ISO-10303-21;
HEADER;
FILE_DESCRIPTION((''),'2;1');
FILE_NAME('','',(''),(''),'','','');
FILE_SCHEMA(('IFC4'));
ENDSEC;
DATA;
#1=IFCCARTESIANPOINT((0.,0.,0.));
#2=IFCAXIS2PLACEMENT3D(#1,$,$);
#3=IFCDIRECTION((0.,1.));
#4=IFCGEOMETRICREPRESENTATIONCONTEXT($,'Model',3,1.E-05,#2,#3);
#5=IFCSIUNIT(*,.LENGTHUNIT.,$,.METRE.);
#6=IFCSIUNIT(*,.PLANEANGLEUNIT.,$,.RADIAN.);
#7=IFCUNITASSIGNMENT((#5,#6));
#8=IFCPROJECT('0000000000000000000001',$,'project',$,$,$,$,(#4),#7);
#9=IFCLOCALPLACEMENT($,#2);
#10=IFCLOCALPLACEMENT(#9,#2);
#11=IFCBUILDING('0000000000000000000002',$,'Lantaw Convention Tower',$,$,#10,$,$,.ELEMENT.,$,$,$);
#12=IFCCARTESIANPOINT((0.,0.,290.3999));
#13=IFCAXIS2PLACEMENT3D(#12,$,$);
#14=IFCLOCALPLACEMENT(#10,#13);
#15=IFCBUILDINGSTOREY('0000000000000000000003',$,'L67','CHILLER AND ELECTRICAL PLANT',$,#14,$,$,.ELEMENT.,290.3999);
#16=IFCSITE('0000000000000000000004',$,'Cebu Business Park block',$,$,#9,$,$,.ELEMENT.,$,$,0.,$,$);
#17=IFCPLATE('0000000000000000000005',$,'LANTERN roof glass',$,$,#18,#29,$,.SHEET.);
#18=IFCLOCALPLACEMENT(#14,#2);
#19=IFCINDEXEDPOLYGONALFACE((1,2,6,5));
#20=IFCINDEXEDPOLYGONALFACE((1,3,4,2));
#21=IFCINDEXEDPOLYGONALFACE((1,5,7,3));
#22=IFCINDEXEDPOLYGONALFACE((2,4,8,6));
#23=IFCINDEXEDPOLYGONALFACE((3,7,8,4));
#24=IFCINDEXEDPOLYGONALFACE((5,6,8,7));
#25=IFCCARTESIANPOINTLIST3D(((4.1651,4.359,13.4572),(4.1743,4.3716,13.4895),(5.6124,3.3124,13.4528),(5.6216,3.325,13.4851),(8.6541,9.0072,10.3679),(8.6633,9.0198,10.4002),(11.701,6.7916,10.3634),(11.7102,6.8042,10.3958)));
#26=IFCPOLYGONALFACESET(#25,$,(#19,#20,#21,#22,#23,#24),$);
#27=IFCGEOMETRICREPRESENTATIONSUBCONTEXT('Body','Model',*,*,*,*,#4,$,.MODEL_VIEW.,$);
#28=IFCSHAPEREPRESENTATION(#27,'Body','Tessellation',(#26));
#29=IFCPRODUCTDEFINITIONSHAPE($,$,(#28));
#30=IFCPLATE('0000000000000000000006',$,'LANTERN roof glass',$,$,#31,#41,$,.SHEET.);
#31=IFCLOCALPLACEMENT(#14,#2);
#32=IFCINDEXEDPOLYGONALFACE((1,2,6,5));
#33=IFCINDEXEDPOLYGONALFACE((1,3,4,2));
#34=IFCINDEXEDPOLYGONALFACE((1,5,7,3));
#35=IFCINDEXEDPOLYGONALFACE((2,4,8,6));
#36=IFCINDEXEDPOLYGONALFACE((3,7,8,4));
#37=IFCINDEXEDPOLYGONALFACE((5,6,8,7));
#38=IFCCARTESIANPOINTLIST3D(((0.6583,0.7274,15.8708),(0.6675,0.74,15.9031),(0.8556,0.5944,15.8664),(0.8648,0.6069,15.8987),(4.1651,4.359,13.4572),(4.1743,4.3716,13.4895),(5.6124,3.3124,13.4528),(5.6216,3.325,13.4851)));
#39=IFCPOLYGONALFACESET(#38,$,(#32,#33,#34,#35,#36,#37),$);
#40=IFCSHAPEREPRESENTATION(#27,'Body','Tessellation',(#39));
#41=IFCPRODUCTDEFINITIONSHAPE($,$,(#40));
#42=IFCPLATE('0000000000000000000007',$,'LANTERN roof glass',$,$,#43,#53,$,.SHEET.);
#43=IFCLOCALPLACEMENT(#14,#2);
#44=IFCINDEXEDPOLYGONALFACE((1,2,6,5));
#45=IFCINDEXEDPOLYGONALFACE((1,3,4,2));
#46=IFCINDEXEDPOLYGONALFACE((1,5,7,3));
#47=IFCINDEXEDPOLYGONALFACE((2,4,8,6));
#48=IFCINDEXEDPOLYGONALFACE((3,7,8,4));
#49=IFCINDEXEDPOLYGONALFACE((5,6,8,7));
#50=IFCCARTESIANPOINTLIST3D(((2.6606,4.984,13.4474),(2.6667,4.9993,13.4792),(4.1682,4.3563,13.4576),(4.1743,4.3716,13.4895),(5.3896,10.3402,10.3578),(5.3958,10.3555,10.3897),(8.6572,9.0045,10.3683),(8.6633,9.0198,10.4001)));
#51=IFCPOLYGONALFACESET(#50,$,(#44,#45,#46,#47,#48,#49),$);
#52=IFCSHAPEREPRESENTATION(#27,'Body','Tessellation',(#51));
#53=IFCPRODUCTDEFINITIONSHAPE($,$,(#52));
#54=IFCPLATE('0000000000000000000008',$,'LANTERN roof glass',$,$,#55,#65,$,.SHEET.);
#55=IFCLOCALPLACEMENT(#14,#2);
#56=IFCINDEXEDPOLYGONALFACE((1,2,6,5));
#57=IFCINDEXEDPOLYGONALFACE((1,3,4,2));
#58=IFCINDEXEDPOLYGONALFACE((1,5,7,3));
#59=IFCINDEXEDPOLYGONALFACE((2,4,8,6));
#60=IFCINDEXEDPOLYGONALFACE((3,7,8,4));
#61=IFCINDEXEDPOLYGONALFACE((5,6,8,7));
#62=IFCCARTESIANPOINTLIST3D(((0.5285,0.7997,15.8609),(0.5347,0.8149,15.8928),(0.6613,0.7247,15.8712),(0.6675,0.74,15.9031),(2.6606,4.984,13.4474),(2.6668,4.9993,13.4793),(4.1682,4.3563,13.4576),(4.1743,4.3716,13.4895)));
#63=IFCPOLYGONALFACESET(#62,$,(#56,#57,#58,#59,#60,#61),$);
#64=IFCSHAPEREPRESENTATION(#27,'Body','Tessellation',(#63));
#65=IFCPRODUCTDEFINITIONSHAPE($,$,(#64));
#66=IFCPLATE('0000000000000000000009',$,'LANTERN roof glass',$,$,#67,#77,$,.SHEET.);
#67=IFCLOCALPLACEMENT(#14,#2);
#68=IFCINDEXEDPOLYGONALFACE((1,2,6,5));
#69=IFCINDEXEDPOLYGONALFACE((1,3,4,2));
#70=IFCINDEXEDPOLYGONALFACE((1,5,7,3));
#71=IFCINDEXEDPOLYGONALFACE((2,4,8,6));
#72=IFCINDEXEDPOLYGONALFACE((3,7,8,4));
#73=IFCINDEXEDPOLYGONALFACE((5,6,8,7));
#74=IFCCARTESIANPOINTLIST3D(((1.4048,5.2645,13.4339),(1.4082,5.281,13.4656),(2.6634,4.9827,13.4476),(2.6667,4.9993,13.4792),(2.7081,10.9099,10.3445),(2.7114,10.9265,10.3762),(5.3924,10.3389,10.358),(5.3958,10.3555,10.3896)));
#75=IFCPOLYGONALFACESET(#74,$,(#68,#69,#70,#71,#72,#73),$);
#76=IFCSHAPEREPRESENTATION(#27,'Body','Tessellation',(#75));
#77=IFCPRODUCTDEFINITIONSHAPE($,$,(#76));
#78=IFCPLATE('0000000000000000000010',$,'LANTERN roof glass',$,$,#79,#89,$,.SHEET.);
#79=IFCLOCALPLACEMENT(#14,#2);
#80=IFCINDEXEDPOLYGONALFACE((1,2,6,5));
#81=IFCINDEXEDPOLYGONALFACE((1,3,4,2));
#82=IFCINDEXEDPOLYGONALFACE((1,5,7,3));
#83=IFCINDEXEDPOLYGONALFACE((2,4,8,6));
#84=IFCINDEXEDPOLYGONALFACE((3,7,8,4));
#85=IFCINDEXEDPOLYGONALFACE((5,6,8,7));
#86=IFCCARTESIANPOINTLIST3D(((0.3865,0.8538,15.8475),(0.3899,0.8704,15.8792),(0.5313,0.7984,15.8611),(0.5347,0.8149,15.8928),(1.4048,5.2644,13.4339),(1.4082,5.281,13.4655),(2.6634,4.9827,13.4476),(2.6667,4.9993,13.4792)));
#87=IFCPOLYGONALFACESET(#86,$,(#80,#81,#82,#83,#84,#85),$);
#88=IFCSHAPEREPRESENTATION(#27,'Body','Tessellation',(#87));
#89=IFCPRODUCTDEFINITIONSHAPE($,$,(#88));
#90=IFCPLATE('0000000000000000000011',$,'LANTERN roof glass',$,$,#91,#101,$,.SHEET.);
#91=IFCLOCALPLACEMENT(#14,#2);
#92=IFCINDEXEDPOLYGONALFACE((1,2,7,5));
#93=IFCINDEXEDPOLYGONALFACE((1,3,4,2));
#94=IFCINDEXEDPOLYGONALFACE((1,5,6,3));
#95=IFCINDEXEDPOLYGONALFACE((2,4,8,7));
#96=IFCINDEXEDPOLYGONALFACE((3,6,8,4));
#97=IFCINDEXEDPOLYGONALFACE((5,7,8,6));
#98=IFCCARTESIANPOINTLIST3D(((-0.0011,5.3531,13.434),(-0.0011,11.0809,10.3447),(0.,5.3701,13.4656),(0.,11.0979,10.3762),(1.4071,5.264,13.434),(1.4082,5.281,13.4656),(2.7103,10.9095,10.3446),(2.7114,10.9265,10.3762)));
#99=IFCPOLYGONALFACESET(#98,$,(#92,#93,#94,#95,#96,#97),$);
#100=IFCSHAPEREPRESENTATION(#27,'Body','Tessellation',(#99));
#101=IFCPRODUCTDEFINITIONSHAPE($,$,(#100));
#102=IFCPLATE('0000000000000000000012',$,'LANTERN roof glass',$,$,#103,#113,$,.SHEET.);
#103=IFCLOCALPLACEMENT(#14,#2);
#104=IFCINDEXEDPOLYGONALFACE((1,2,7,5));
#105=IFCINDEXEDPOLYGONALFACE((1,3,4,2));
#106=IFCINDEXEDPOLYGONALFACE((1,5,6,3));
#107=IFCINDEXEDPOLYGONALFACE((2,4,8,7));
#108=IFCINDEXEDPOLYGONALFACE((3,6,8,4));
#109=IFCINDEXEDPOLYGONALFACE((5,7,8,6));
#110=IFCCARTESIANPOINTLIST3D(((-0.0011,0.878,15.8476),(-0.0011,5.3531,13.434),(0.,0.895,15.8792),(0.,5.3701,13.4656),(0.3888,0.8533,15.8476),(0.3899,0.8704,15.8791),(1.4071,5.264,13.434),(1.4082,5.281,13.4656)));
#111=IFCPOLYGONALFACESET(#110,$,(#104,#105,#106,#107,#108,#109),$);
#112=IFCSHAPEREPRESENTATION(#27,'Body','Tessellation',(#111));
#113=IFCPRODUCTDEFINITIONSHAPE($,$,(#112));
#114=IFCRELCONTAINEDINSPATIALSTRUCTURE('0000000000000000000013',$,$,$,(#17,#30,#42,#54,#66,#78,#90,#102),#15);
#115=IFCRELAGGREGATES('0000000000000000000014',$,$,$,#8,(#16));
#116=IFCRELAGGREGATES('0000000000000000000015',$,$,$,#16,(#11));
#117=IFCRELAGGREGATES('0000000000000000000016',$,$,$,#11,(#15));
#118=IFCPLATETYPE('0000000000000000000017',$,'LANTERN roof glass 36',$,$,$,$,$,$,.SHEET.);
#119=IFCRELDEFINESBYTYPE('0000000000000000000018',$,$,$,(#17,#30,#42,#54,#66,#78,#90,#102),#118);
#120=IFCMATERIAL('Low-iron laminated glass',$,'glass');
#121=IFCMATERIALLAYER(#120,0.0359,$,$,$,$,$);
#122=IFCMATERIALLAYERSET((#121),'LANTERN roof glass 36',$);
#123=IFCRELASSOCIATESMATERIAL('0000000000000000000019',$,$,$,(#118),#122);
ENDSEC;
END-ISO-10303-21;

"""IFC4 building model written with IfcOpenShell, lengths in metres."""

from ifc_helpers import new_model, si_unit, direction, frame, origin, place, context, subcontext, project, spatial, polyline, outline, extrude, material, layer, layer_set, type_object, element, save


model = new_model("IFC4")

# Units and contexts
model_context = context("Model", 3, precision=1e-05, world=origin(), true_north=direction((0.0, 1.0)))
body_context = subcontext(model_context, "Body", "Model", "MODEL_VIEW")
ifc_project = project(units=[si_unit("LENGTHUNIT", "METRE"), si_unit("PLANEANGLEUNIT", "RADIAN")], contexts=[model_context])

# Site, building, storey
site_placement = place(None, origin())
site = spatial("IfcSite", under=ifc_project, at=site_placement, Name="Cebu Business Park block", CompositionType="ELEMENT", RefElevation=0.0)
building_placement = place(site_placement, origin())
building = spatial("IfcBuilding", under=site, at=building_placement, Name="Lantaw Convention Tower", CompositionType="ELEMENT")
storey_placement = place(building_placement, frame((0.0, 0.0, 290.3999)))
storey = spatial("IfcBuildingStorey", under=building, at=storey_placement, Name="L67", Description="CHILLER AND ELECTRICAL PLANT", CompositionType="ELEMENT", Elevation=290.3999)

# Shared definitions
ifc_material_1 = material(Name="Low-iron laminated glass", Category="glass")

# Plates
ifc_layer_1 = layer(ifc_material_1, 0.0359)
ifc_layer_set_1 = layer_set([ifc_layer_1], Name="LANTERN roof glass 36")
plate_type_1 = type_object("IfcPlateType", Name="LANTERN roof glass 36", PredefinedType="SHEET", material=ifc_layer_set_1)
plate_1_placement = place(storey_placement, frame((11.7102, 6.8042, 10.3958), z_axis=(0.256465, 0.350889, 0.900612), x_axis=(-0.808775, 0.588117, 0.001175)))
element("IfcPlate", 1, at=plate_1_placement, inside=storey, type_object=plate_type_1, Name="LANTERN roof glass", PredefinedType="SHEET", context=body_context, shape_type="SweptSolid", body=[
    extrude(outline(polyline([(0.0, 0.0), (3.7673, 0.0), (4.6678, 7.1056), (2.8818, 7.1004), (0.0, 0.0)])), origin(), (0.0, 0.0, -1.0), 0.0359),
])
plate_2_placement = place(storey_placement, frame((5.6216, 3.325, 13.4851), z_axis=(0.256497, 0.350857, 0.900616), x_axis=(-0.810303, 0.586006, 0.002482)))
element("IfcPlate", 2, at=plate_2_placement, inside=storey, type_object=plate_type_1, Name="LANTERN roof glass", PredefinedType="SHEET", context=body_context, shape_type="SweptSolid", body=[
    extrude(outline(polyline([(0.0, 0.0), (1.7861, 0.0), (2.5055, 5.5492), (2.2677, 5.5406), (0.0, 0.0)])), origin(), (0.0, 0.0, -1.0), 0.0359),
])
plate_3_placement = place(storey_placement, frame((8.6633, 9.0198, 10.4001), z_axis=(0.171066, 0.425443, 0.88867), x_axis=(-0.925645, 0.378383, -0.002964)))
element("IfcPlate", 3, at=plate_3_placement, inside=storey, type_object=plate_type_1, Name="LANTERN roof glass", PredefinedType="SHEET", context=body_context, shape_type="SweptSolid", body=[
    extrude(outline(polyline([(0.0, 0.0), (3.5301, 0.0), (4.0203, 6.741), (2.3873, 6.7529), (0.0, 0.0)])), origin(), (0.0, 0.0, -1.0), 0.0359),
])
plate_4_placement = place(storey_placement, frame((4.1743, 4.3716, 13.4895), z_axis=(0.171107, 0.425405, 0.88868), x_axis=(-0.923155, 0.384376, -0.006253)))
element("IfcPlate", 4, at=plate_4_placement, inside=storey, type_object=plate_type_1, Name="LANTERN roof glass", PredefinedType="SHEET", context=body_context, shape_type="SweptSolid", body=[
    extrude(outline(polyline([(0.0, 0.0), (1.6331, 0.0), (1.9778, 5.2689), (1.8264, 5.2892), (0.0, 0.0)])), origin(), (0.0, 0.0, -1.0), 0.0359),
])
plate_5_placement = place(storey_placement, frame((5.3958, 10.3555, 10.3896), z_axis=(0.093689, 0.461211, 0.88233), x_axis=(-0.978102, 0.208069, -0.004904)))
element("IfcPlate", 5, at=plate_5_placement, inside=storey, type_object=plate_type_1, Name="LANTERN roof glass", PredefinedType="SHEET", context=body_context, shape_type="SweptSolid", body=[
    extrude(outline(polyline([(0.0, 0.0), (2.7444, 0.0), (2.8293, 6.5656), (1.5396, 6.5811), (0.0, 0.0)])), origin(), (0.0, 0.0, -1.0), 0.0359),
])
plate_6_placement = place(storey_placement, frame((2.6667, 4.9993, 13.4792), z_axis=(0.09362, 0.461224, 0.882331), x_axis=(-0.975797, 0.218421, -0.010639)))
element("IfcPlate", 6, at=plate_6_placement, inside=storey, type_object=plate_type_1, Name="LANTERN roof glass", PredefinedType="SHEET", context=body_context, shape_type="SweptSolid", body=[
    extrude(outline(polyline([(0.0, 0.0), (1.2898, 0.0), (1.2944, 5.1299), (1.1409, 5.1554), (0.0, 0.0)])), origin(), (0.0, 0.0, -1.0), 0.0359),
])
plate_7_placement = place(storey_placement, frame((2.7114, 10.9265, 10.3762), z_axis=(0.030004, 0.474497, 0.879746), x_axis=(-0.998008, 0.063089, 0.00001)))
element("IfcPlate", 7, at=plate_7_placement, inside=storey, type_object=plate_type_1, Name="LANTERN roof glass", PredefinedType="SHEET", context=body_context, shape_type="SweptSolid", body=[
    extrude(outline(polyline([(0.0, 0.0), (2.7168, 0.0), (2.3555, 6.4978), (0.9445, 6.4979), (0.0, 0.0)])), origin(), (0.0, 0.0, -1.0), 0.0359),
])
plate_8_placement = place(storey_placement, frame((1.4082, 5.281, 13.4656), z_axis=(0.030022, 0.474482, 0.879753), x_axis=(-0.998004, 0.063152, -0.000003)))
element("IfcPlate", 8, at=plate_8_placement, inside=storey, type_object=plate_type_1, Name="LANTERN roof glass", PredefinedType="SHEET", context=body_context, shape_type="SweptSolid", body=[
    extrude(outline(polyline([(0.0, 0.0), (1.411, 0.0), (1.1284, 5.0766), (0.7377, 5.0766), (0.0, 0.0)])), origin(), (0.0, 0.0, -1.0), 0.0359),
])

save(model, "model.ifc")
